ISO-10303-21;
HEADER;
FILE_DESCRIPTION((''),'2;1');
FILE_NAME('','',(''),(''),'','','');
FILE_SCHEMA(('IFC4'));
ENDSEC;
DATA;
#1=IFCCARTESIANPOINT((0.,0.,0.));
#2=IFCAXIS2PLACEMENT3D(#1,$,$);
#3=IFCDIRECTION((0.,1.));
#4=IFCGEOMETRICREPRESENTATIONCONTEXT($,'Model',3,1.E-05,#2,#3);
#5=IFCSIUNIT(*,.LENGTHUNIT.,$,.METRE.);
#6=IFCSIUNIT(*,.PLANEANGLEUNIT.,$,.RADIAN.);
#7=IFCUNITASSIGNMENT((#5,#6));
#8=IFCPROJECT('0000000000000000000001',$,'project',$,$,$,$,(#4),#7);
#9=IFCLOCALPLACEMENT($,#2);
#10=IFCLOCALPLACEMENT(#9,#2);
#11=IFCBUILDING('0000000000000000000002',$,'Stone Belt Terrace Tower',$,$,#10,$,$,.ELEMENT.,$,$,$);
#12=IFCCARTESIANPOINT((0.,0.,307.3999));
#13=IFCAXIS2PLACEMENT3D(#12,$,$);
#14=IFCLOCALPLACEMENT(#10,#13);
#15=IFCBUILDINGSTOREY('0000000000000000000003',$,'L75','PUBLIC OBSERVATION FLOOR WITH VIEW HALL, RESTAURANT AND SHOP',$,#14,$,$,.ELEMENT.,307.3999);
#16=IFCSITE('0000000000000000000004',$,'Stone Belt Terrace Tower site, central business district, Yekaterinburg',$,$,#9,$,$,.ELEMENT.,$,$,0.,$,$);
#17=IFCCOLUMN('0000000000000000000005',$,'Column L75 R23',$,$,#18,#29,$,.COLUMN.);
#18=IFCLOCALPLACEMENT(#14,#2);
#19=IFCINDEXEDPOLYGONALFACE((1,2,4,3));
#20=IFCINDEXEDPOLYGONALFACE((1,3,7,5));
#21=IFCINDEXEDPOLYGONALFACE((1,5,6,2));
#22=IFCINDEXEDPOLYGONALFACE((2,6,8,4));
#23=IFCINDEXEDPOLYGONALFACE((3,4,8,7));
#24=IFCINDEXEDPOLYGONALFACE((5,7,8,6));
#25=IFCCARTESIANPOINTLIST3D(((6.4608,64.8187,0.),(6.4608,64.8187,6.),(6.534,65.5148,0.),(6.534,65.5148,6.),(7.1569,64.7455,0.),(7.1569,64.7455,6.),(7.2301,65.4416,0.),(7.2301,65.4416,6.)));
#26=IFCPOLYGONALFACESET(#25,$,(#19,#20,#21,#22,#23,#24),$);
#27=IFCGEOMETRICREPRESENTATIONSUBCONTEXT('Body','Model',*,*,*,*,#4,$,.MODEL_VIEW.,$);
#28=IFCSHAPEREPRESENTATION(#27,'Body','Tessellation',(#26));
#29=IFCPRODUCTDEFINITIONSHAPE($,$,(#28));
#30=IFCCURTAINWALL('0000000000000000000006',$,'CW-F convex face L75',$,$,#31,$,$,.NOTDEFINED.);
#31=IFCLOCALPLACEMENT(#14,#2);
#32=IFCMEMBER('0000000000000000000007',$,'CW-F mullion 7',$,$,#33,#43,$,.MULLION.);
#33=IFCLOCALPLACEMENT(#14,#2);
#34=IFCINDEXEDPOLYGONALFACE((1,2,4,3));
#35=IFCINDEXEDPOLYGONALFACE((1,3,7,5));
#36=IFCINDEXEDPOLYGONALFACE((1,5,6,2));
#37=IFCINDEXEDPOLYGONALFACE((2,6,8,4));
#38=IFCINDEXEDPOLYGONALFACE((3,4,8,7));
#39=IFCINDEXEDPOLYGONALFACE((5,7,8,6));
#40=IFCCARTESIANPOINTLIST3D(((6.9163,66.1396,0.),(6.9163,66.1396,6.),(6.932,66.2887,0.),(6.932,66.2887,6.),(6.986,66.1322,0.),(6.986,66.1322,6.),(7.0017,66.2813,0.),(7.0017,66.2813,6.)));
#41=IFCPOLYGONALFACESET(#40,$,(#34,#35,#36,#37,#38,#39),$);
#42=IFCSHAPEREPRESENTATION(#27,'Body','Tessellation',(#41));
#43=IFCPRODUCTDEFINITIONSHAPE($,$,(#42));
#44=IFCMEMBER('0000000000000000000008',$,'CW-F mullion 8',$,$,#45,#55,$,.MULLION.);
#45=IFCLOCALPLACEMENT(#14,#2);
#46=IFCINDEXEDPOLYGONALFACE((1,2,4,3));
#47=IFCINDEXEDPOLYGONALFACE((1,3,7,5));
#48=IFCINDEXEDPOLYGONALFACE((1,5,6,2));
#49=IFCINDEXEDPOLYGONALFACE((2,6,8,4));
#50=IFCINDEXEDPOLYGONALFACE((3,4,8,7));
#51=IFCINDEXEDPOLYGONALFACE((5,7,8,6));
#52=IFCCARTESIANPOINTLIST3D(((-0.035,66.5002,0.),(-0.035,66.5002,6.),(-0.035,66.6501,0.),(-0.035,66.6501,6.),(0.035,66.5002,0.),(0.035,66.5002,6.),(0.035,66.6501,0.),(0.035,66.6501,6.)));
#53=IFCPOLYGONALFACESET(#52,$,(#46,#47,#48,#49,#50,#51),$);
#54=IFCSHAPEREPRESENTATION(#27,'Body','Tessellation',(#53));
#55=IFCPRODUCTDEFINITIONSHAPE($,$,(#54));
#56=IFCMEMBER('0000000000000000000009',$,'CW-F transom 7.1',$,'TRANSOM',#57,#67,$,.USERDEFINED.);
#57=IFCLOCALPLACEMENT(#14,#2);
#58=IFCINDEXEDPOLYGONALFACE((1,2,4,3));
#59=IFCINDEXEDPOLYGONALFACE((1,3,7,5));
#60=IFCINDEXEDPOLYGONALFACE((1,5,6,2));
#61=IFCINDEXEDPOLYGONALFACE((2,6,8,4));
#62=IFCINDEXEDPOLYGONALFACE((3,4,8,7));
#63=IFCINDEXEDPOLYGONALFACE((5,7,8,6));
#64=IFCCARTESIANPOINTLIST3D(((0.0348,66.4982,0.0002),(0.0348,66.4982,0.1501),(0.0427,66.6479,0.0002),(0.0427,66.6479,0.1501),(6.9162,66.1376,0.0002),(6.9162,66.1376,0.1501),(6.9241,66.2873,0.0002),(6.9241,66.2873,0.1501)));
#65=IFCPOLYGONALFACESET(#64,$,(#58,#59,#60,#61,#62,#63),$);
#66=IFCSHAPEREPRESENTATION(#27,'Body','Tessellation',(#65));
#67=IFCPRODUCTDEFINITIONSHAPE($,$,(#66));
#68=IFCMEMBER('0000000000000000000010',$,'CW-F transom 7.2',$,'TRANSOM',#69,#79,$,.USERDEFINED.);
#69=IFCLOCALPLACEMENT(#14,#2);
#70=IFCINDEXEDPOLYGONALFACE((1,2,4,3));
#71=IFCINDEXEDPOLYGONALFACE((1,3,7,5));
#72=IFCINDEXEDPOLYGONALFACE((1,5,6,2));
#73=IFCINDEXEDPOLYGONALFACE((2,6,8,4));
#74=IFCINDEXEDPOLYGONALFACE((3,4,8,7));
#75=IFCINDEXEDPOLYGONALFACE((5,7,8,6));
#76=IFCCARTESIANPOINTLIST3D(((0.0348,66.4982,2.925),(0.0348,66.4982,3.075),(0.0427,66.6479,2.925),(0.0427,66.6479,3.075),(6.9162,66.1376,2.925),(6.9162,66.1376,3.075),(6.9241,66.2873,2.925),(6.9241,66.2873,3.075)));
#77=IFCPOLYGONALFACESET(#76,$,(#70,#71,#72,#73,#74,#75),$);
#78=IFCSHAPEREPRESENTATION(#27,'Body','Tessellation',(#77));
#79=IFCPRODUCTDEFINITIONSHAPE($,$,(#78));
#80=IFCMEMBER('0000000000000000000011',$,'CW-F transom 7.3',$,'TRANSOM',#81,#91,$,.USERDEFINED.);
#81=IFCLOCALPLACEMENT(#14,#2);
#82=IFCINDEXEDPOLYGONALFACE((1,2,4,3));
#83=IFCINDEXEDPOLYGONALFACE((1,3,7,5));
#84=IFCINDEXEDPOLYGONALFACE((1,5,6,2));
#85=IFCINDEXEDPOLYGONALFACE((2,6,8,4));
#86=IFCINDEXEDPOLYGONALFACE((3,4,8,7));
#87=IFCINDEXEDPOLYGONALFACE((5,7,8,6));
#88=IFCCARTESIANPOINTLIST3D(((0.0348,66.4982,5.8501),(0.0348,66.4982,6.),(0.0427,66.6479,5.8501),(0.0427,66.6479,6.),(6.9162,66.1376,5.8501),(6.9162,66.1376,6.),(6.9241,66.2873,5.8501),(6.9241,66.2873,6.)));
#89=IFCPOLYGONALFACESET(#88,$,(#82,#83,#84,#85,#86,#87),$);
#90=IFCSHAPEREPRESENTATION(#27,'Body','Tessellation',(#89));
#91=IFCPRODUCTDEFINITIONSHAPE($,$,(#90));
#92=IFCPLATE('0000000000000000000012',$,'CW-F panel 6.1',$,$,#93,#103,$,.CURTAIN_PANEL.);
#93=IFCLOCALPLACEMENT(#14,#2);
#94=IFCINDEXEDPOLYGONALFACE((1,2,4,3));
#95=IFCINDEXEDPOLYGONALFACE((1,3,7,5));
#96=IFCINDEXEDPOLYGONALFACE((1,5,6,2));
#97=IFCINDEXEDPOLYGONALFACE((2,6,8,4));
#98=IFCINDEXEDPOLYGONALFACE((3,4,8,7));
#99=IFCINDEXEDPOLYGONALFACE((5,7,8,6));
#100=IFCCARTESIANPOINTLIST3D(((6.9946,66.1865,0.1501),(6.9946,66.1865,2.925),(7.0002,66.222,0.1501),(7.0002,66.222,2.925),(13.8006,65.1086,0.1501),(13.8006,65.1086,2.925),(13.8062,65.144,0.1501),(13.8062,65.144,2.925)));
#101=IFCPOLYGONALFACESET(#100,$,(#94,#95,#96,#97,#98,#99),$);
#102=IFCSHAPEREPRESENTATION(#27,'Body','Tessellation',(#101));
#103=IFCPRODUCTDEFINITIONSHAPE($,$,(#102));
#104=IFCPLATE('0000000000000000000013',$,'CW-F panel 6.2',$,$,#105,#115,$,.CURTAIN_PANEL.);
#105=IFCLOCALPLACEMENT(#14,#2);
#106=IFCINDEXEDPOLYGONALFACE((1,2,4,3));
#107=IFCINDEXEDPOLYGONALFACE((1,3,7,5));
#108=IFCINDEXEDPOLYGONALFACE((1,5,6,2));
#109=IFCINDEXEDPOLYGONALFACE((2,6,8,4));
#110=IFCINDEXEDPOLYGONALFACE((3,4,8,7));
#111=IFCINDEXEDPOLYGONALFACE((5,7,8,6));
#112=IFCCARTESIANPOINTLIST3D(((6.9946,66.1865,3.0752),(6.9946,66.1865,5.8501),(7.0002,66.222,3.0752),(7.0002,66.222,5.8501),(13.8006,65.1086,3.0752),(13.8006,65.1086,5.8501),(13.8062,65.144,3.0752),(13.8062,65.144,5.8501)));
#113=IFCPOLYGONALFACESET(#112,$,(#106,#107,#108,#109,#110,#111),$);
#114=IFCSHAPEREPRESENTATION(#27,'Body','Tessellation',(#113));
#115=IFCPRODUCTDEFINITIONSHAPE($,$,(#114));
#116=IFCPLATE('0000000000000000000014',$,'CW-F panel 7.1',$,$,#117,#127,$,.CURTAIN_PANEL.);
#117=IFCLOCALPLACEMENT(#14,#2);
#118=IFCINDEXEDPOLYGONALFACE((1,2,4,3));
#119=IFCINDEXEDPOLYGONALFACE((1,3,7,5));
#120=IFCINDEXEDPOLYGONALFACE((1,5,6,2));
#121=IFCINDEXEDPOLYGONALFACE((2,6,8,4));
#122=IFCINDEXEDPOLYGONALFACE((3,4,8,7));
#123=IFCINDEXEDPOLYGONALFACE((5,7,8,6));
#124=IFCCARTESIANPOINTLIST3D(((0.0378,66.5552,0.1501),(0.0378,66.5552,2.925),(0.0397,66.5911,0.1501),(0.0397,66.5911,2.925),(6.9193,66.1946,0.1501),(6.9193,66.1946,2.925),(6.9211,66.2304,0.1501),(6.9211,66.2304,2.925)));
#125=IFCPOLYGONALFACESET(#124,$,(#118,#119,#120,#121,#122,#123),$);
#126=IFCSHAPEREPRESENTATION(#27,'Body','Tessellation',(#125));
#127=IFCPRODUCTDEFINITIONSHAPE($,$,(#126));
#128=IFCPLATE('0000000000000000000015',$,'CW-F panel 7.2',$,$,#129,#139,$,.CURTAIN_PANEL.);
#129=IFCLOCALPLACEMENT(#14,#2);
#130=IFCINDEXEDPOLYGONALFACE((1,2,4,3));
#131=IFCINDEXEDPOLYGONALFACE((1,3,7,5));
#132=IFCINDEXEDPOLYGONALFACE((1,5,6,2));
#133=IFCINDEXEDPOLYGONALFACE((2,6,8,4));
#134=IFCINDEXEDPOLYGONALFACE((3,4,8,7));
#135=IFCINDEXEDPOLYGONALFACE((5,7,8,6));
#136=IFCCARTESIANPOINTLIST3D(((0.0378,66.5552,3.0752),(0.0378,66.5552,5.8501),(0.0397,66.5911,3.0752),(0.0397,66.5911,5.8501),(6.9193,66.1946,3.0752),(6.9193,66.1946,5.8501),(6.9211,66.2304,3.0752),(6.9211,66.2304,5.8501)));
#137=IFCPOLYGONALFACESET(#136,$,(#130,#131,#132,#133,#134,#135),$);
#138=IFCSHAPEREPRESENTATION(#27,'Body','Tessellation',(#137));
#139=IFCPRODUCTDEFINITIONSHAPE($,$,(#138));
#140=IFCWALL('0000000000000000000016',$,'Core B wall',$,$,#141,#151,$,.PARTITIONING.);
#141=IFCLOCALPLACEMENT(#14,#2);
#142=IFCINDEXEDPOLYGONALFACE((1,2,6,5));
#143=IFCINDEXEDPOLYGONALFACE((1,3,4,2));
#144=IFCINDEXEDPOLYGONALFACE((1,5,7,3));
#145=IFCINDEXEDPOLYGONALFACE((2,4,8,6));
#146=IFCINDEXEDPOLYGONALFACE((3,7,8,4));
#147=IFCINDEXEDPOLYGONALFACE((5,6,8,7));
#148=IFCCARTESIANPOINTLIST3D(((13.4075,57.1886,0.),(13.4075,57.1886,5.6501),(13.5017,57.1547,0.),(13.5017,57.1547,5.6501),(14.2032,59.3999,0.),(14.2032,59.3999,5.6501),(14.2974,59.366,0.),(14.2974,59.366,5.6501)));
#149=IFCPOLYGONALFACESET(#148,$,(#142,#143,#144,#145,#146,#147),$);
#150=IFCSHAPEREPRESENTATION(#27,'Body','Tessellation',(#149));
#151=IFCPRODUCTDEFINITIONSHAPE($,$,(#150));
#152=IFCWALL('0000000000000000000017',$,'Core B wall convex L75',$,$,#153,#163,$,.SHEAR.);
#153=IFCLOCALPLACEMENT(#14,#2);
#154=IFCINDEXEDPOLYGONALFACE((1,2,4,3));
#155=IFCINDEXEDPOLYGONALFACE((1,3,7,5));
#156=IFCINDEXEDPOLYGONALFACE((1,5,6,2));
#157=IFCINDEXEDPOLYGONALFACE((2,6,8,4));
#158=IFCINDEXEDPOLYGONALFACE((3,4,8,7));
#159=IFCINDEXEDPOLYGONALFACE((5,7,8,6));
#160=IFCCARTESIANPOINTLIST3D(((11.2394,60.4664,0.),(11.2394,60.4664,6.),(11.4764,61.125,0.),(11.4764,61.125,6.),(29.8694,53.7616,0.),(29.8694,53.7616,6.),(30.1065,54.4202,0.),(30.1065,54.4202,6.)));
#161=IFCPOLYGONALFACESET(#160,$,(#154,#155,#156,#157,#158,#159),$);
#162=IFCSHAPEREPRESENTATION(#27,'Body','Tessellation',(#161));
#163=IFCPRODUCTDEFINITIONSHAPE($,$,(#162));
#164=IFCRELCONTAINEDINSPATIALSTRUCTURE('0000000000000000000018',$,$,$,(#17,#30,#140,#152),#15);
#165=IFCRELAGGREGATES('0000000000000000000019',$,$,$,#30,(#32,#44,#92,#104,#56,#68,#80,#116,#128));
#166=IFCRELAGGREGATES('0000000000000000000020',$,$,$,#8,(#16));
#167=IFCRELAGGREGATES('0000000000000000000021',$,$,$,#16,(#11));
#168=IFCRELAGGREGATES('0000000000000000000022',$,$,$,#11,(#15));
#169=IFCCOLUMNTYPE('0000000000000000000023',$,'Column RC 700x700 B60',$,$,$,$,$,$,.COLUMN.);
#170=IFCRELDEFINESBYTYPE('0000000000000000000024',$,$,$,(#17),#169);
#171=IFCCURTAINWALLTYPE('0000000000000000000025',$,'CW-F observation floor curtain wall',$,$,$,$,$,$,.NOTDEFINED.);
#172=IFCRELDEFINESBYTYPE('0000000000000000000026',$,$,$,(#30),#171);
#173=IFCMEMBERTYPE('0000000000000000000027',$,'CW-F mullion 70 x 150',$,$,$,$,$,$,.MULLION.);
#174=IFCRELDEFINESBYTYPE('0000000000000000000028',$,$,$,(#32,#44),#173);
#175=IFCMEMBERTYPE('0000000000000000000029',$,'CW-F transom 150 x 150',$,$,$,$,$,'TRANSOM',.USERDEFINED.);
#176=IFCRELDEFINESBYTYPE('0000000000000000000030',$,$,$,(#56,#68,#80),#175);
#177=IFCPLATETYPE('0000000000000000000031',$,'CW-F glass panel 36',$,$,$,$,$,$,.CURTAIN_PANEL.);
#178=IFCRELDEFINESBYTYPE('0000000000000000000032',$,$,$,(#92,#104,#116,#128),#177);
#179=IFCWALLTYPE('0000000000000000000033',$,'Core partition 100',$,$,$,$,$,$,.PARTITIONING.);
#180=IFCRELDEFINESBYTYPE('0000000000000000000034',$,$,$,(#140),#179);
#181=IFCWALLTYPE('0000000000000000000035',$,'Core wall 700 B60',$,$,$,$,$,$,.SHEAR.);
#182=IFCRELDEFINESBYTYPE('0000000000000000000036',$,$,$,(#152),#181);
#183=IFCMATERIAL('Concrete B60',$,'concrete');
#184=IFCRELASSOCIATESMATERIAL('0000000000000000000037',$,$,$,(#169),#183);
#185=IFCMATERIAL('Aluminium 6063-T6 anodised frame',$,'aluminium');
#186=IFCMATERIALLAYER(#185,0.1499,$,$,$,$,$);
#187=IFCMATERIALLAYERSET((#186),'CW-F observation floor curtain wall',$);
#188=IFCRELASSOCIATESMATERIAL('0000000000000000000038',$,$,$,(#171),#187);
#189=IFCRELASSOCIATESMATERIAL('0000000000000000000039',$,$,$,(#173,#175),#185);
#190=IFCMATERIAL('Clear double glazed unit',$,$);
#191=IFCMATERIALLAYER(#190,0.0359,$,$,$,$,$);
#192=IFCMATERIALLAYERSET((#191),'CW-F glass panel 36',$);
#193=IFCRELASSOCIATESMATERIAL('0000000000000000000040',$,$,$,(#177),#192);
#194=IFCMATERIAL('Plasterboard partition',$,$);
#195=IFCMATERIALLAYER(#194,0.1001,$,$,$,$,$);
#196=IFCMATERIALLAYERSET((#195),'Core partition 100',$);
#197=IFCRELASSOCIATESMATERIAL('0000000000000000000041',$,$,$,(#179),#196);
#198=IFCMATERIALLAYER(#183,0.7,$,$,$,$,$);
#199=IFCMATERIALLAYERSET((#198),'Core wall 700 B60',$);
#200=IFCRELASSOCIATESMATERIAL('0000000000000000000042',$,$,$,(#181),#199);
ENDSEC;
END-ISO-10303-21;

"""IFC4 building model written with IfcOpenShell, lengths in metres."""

from ifc_helpers import new_model, si_unit, direction, frame, frame_2d, origin, origin_2d, place, context, subcontext, project, spatial, rectangle, extrude, material, layer, layer_set, material_profile, profile_set, type_object, element, aggregate, save


model = new_model("IFC4")

# Units and contexts
model_context = context("Model", 3, precision=1e-05, world=origin(), true_north=direction((0.0, 1.0)))
body_context = subcontext(model_context, "Body", "Model", "MODEL_VIEW")
ifc_project = project(units=[si_unit("LENGTHUNIT", "METRE"), si_unit("PLANEANGLEUNIT", "RADIAN")], contexts=[model_context])

# Site, building, storey
site_placement = place(None, origin())
site = spatial("IfcSite", under=ifc_project, at=site_placement, Name="Stone Belt Terrace Tower site, central business district, Yekaterinburg", CompositionType="ELEMENT", RefElevation=0.0)
building_placement = place(site_placement, origin())
building = spatial("IfcBuilding", under=site, at=building_placement, Name="Stone Belt Terrace Tower", CompositionType="ELEMENT")
storey_placement = place(building_placement, frame((0.0, 0.0, 307.3999)))
storey = spatial("IfcBuildingStorey", under=building, at=storey_placement, Name="L75", Description="PUBLIC OBSERVATION FLOOR WITH VIEW HALL, RESTAURANT AND SHOP", CompositionType="ELEMENT", Elevation=307.3999)

# Column
ifc_material_1 = material(Name="Concrete B60", Category="concrete")
ifc_material_profile_1 = material_profile(ifc_material_1, rectangle(XDim=0.7, YDim=0.7, at=origin_2d()), Name="RC 700x700")
ifc_profile_set_1 = profile_set([ifc_material_profile_1], Name="Concrete B60")
column_type = type_object("IfcColumnType", Name="Column RC 700x700 B60", PredefinedType="COLUMN", material=ifc_profile_set_1)
column_placement = place(storey_placement, frame((6.8455, 65.1301, 0.0), z_axis=(0.0, 0.0, 1.0), x_axis=(0.994522, -0.104528, 0.0)))
element("IfcColumn", 1, at=column_placement, inside=storey, type_object=column_type, Name="Column L75 R23", PredefinedType="COLUMN", context=body_context, shape_type="SweptSolid", body=[
    extrude(rectangle(XDim=0.7, YDim=0.7, at=origin_2d()), origin(), (0.0, 0.0, 1.0), 6.0),
])

# Curtain wall, members, plates
ifc_material_2 = material(Name="Aluminium 6063-T6 anodised frame", Category="aluminium")
ifc_layer_1 = layer(ifc_material_2, 0.1499)
ifc_layer_set_1 = layer_set([ifc_layer_1], Name="CW-F observation floor curtain wall")
curtain_wall_type = type_object("IfcCurtainWallType", Name="CW-F observation floor curtain wall", PredefinedType="NOTDEFINED", material=ifc_layer_set_1)
curtain_wall_placement = place(storey_placement, origin())
curtain_wall = element("IfcCurtainWall", 2, at=curtain_wall_placement, inside=storey, type_object=curtain_wall_type, Name="CW-F convex face L75", PredefinedType="NOTDEFINED")
ifc_material_profile_2 = material_profile(ifc_material_2, rectangle(XDim=0.1499, YDim=0.0701, at=origin_2d()), Name="Aluminium 6063-T6 70x150")
ifc_profile_set_2 = profile_set([ifc_material_profile_2], Name="Aluminium 6063-T6 anodised frame")
member_type_1 = type_object("IfcMemberType", Name="CW-F mullion 70 x 150", PredefinedType="MULLION", material=ifc_profile_set_2)
member_1_placement = place(storey_placement, frame((6.959, 66.2104, 0.0), z_axis=(0.0, 0.0, 1.0), x_axis=(-0.104528, -0.994522, 0.0)))
member_1 = element("IfcMember", 3, at=member_1_placement, type_object=member_type_1, Name="CW-F mullion 7", PredefinedType="MULLION", context=body_context, shape_type="SweptSolid", body=[
    extrude(rectangle(XDim=0.1499, YDim=0.0701, at=origin_2d()), origin(), (0.0, 0.0, 1.0), 6.0),
])
member_2_placement = place(storey_placement, frame((0.0, 66.5752, 0.0), z_axis=(0.0, 0.0, 1.0), x_axis=(0.0, -1.0, 0.0)))
member_2 = element("IfcMember", 4, at=member_2_placement, type_object=member_type_1, Name="CW-F mullion 8", PredefinedType="MULLION", context=body_context, shape_type="SweptSolid", body=[
    extrude(rectangle(XDim=0.1499, YDim=0.0701, at=origin_2d()), origin(), (0.0, 0.0, 1.0), 6.0),
])
ifc_material_profile_3 = material_profile(ifc_material_2, rectangle(XDim=0.1499, YDim=0.1499, at=origin_2d()), Name="Aluminium 6063-T6 150x150")
ifc_profile_set_3 = profile_set([ifc_material_profile_3], Name="Aluminium 6063-T6 anodised frame")
member_type_2 = type_object("IfcMemberType", Name="CW-F transom 150 x 150", ElementType="TRANSOM", PredefinedType="USERDEFINED", material=ifc_profile_set_3)
member_3_placement = place(storey_placement, frame((6.9202, 66.2124, 0.0752), z_axis=(-0.99863, 0.05233, 0.0), x_axis=(-0.05233, -0.99863, 0.0)))
member_3 = element("IfcMember", 5, at=member_3_placement, type_object=member_type_2, Name="CW-F transom 7.1", ObjectType="TRANSOM", PredefinedType="USERDEFINED", context=body_context, shape_type="SweptSolid", body=[
    extrude(rectangle(XDim=0.1499, YDim=0.1499, at=origin_2d()), origin(), (0.0, 0.0, 1.0), 6.8909),
])
member_4_placement = place(storey_placement, frame((6.9202, 66.2124, 3.0), z_axis=(-0.99863, 0.05233, 0.0), x_axis=(-0.05233, -0.99863, 0.0)))
member_4 = element("IfcMember", 6, at=member_4_placement, type_object=member_type_2, Name="CW-F transom 7.2", ObjectType="TRANSOM", PredefinedType="USERDEFINED", context=body_context, shape_type="SweptSolid", body=[
    extrude(rectangle(XDim=0.1499, YDim=0.1499, at=origin_2d()), origin(), (0.0, 0.0, 1.0), 6.8909),
])
member_5_placement = place(storey_placement, frame((6.9202, 66.2124, 5.925), z_axis=(-0.99863, 0.05233, 0.0), x_axis=(-0.05233, -0.99863, 0.0)))
member_5 = element("IfcMember", 7, at=member_5_placement, type_object=member_type_2, Name="CW-F transom 7.3", ObjectType="TRANSOM", PredefinedType="USERDEFINED", context=body_context, shape_type="SweptSolid", body=[
    extrude(rectangle(XDim=0.1499, YDim=0.1499, at=origin_2d()), origin(), (0.0, 0.0, 1.0), 6.8909),
])
ifc_material_3 = material(Name="Clear double glazed unit")
ifc_layer_2 = layer(ifc_material_3, 0.0359)
ifc_layer_set_2 = layer_set([ifc_layer_2], Name="CW-F glass panel 36")
plate_type = type_object("IfcPlateType", Name="CW-F glass panel 36", PredefinedType="CURTAIN_PANEL", material=ifc_layer_set_2)
plate_1_placement = place(storey_placement, frame((10.4004, 65.6653, 0.1501), z_axis=(0.0, 0.0, 1.0), x_axis=(-0.987688, 0.156434, 0.0)))
plate_1 = element("IfcPlate", 8, at=plate_1_placement, type_object=plate_type, Name="CW-F panel 6.1", PredefinedType="CURTAIN_PANEL", context=body_context, shape_type="SweptSolid", body=[
    extrude(rectangle(XDim=6.8909, YDim=0.0359, at=origin_2d()), origin(), (0.0, 0.0, 1.0), 2.7749),
])
plate_2_placement = place(storey_placement, frame((10.4004, 65.6653, 3.0752), z_axis=(0.0, 0.0, 1.0), x_axis=(-0.987688, 0.156434, 0.0)))
plate_2 = element("IfcPlate", 9, at=plate_2_placement, type_object=plate_type, Name="CW-F panel 6.2", PredefinedType="CURTAIN_PANEL", context=body_context, shape_type="SweptSolid", body=[
    extrude(rectangle(XDim=6.8909, YDim=0.0359, at=origin_2d()), origin(), (0.0, 0.0, 1.0), 2.7749),
])
plate_3_placement = place(storey_placement, frame((3.4795, 66.3928, 0.1501), z_axis=(0.0, 0.0, 1.0), x_axis=(-0.99863, 0.052336, 0.0)))
plate_3 = element("IfcPlate", 10, at=plate_3_placement, type_object=plate_type, Name="CW-F panel 7.1", PredefinedType="CURTAIN_PANEL", context=body_context, shape_type="SweptSolid", body=[
    extrude(rectangle(XDim=6.8909, YDim=0.0359, at=origin_2d()), origin(), (0.0, 0.0, 1.0), 2.7749),
])
plate_4_placement = place(storey_placement, frame((3.4795, 66.3928, 3.0752), z_axis=(0.0, 0.0, 1.0), x_axis=(-0.99863, 0.052336, 0.0)))
plate_4 = element("IfcPlate", 11, at=plate_4_placement, type_object=plate_type, Name="CW-F panel 7.2", PredefinedType="CURTAIN_PANEL", context=body_context, shape_type="SweptSolid", body=[
    extrude(rectangle(XDim=6.8909, YDim=0.0359, at=origin_2d()), origin(), (0.0, 0.0, 1.0), 2.7749),
])
aggregate(curtain_wall, [member_1, member_2, plate_1, plate_2, member_3, member_4, member_5, plate_3, plate_4])

# Walls
ifc_material_4 = material(Name="Plasterboard partition")
ifc_layer_3 = layer(ifc_material_4, 0.1001)
ifc_layer_set_3 = layer_set([ifc_layer_3], Name="Core partition 100")
wall_type_1 = type_object("IfcWallType", Name="Core partition 100", PredefinedType="PARTITIONING", material=ifc_layer_set_3)
wall_1_placement = place(storey_placement, frame((13.4546, 57.1716, 0.0), z_axis=(0.0, 0.0, 1.0), x_axis=(0.33858, 0.940938, 0.0)))
element("IfcWall", 12, at=wall_1_placement, inside=storey, type_object=wall_type_1, Name="Core B wall", PredefinedType="PARTITIONING", context=body_context, shape_type="SweptSolid", body=[
    extrude(rectangle(XDim=2.3501, YDim=0.1001, at=frame_2d((1.175, 0.0))), origin(), (0.0, 0.0, 1.0), 5.6501),
])
ifc_layer_4 = layer(ifc_material_1, 0.7)
ifc_layer_set_4 = layer_set([ifc_layer_4], Name="Core wall 700 B60")
wall_type_2 = type_object("IfcWallType", Name="Core wall 700 B60", PredefinedType="SHEAR", material=ifc_layer_set_4)
wall_2_placement = place(storey_placement, frame((11.3579, 60.7957, 0.0), z_axis=(0.0, 0.0, 1.0), x_axis=(0.94092, -0.33863, 0.0)))
element("IfcWall", 13, at=wall_2_placement, inside=storey, type_object=wall_type_2, Name="Core B wall convex L75", PredefinedType="SHEAR", context=body_context, shape_type="SweptSolid", body=[
    extrude(rectangle(XDim=19.7998, YDim=0.7, at=frame_2d((9.8999, 0.0))), origin(), (0.0, 0.0, 1.0), 6.0),
])

save(model, "model.ifc")
